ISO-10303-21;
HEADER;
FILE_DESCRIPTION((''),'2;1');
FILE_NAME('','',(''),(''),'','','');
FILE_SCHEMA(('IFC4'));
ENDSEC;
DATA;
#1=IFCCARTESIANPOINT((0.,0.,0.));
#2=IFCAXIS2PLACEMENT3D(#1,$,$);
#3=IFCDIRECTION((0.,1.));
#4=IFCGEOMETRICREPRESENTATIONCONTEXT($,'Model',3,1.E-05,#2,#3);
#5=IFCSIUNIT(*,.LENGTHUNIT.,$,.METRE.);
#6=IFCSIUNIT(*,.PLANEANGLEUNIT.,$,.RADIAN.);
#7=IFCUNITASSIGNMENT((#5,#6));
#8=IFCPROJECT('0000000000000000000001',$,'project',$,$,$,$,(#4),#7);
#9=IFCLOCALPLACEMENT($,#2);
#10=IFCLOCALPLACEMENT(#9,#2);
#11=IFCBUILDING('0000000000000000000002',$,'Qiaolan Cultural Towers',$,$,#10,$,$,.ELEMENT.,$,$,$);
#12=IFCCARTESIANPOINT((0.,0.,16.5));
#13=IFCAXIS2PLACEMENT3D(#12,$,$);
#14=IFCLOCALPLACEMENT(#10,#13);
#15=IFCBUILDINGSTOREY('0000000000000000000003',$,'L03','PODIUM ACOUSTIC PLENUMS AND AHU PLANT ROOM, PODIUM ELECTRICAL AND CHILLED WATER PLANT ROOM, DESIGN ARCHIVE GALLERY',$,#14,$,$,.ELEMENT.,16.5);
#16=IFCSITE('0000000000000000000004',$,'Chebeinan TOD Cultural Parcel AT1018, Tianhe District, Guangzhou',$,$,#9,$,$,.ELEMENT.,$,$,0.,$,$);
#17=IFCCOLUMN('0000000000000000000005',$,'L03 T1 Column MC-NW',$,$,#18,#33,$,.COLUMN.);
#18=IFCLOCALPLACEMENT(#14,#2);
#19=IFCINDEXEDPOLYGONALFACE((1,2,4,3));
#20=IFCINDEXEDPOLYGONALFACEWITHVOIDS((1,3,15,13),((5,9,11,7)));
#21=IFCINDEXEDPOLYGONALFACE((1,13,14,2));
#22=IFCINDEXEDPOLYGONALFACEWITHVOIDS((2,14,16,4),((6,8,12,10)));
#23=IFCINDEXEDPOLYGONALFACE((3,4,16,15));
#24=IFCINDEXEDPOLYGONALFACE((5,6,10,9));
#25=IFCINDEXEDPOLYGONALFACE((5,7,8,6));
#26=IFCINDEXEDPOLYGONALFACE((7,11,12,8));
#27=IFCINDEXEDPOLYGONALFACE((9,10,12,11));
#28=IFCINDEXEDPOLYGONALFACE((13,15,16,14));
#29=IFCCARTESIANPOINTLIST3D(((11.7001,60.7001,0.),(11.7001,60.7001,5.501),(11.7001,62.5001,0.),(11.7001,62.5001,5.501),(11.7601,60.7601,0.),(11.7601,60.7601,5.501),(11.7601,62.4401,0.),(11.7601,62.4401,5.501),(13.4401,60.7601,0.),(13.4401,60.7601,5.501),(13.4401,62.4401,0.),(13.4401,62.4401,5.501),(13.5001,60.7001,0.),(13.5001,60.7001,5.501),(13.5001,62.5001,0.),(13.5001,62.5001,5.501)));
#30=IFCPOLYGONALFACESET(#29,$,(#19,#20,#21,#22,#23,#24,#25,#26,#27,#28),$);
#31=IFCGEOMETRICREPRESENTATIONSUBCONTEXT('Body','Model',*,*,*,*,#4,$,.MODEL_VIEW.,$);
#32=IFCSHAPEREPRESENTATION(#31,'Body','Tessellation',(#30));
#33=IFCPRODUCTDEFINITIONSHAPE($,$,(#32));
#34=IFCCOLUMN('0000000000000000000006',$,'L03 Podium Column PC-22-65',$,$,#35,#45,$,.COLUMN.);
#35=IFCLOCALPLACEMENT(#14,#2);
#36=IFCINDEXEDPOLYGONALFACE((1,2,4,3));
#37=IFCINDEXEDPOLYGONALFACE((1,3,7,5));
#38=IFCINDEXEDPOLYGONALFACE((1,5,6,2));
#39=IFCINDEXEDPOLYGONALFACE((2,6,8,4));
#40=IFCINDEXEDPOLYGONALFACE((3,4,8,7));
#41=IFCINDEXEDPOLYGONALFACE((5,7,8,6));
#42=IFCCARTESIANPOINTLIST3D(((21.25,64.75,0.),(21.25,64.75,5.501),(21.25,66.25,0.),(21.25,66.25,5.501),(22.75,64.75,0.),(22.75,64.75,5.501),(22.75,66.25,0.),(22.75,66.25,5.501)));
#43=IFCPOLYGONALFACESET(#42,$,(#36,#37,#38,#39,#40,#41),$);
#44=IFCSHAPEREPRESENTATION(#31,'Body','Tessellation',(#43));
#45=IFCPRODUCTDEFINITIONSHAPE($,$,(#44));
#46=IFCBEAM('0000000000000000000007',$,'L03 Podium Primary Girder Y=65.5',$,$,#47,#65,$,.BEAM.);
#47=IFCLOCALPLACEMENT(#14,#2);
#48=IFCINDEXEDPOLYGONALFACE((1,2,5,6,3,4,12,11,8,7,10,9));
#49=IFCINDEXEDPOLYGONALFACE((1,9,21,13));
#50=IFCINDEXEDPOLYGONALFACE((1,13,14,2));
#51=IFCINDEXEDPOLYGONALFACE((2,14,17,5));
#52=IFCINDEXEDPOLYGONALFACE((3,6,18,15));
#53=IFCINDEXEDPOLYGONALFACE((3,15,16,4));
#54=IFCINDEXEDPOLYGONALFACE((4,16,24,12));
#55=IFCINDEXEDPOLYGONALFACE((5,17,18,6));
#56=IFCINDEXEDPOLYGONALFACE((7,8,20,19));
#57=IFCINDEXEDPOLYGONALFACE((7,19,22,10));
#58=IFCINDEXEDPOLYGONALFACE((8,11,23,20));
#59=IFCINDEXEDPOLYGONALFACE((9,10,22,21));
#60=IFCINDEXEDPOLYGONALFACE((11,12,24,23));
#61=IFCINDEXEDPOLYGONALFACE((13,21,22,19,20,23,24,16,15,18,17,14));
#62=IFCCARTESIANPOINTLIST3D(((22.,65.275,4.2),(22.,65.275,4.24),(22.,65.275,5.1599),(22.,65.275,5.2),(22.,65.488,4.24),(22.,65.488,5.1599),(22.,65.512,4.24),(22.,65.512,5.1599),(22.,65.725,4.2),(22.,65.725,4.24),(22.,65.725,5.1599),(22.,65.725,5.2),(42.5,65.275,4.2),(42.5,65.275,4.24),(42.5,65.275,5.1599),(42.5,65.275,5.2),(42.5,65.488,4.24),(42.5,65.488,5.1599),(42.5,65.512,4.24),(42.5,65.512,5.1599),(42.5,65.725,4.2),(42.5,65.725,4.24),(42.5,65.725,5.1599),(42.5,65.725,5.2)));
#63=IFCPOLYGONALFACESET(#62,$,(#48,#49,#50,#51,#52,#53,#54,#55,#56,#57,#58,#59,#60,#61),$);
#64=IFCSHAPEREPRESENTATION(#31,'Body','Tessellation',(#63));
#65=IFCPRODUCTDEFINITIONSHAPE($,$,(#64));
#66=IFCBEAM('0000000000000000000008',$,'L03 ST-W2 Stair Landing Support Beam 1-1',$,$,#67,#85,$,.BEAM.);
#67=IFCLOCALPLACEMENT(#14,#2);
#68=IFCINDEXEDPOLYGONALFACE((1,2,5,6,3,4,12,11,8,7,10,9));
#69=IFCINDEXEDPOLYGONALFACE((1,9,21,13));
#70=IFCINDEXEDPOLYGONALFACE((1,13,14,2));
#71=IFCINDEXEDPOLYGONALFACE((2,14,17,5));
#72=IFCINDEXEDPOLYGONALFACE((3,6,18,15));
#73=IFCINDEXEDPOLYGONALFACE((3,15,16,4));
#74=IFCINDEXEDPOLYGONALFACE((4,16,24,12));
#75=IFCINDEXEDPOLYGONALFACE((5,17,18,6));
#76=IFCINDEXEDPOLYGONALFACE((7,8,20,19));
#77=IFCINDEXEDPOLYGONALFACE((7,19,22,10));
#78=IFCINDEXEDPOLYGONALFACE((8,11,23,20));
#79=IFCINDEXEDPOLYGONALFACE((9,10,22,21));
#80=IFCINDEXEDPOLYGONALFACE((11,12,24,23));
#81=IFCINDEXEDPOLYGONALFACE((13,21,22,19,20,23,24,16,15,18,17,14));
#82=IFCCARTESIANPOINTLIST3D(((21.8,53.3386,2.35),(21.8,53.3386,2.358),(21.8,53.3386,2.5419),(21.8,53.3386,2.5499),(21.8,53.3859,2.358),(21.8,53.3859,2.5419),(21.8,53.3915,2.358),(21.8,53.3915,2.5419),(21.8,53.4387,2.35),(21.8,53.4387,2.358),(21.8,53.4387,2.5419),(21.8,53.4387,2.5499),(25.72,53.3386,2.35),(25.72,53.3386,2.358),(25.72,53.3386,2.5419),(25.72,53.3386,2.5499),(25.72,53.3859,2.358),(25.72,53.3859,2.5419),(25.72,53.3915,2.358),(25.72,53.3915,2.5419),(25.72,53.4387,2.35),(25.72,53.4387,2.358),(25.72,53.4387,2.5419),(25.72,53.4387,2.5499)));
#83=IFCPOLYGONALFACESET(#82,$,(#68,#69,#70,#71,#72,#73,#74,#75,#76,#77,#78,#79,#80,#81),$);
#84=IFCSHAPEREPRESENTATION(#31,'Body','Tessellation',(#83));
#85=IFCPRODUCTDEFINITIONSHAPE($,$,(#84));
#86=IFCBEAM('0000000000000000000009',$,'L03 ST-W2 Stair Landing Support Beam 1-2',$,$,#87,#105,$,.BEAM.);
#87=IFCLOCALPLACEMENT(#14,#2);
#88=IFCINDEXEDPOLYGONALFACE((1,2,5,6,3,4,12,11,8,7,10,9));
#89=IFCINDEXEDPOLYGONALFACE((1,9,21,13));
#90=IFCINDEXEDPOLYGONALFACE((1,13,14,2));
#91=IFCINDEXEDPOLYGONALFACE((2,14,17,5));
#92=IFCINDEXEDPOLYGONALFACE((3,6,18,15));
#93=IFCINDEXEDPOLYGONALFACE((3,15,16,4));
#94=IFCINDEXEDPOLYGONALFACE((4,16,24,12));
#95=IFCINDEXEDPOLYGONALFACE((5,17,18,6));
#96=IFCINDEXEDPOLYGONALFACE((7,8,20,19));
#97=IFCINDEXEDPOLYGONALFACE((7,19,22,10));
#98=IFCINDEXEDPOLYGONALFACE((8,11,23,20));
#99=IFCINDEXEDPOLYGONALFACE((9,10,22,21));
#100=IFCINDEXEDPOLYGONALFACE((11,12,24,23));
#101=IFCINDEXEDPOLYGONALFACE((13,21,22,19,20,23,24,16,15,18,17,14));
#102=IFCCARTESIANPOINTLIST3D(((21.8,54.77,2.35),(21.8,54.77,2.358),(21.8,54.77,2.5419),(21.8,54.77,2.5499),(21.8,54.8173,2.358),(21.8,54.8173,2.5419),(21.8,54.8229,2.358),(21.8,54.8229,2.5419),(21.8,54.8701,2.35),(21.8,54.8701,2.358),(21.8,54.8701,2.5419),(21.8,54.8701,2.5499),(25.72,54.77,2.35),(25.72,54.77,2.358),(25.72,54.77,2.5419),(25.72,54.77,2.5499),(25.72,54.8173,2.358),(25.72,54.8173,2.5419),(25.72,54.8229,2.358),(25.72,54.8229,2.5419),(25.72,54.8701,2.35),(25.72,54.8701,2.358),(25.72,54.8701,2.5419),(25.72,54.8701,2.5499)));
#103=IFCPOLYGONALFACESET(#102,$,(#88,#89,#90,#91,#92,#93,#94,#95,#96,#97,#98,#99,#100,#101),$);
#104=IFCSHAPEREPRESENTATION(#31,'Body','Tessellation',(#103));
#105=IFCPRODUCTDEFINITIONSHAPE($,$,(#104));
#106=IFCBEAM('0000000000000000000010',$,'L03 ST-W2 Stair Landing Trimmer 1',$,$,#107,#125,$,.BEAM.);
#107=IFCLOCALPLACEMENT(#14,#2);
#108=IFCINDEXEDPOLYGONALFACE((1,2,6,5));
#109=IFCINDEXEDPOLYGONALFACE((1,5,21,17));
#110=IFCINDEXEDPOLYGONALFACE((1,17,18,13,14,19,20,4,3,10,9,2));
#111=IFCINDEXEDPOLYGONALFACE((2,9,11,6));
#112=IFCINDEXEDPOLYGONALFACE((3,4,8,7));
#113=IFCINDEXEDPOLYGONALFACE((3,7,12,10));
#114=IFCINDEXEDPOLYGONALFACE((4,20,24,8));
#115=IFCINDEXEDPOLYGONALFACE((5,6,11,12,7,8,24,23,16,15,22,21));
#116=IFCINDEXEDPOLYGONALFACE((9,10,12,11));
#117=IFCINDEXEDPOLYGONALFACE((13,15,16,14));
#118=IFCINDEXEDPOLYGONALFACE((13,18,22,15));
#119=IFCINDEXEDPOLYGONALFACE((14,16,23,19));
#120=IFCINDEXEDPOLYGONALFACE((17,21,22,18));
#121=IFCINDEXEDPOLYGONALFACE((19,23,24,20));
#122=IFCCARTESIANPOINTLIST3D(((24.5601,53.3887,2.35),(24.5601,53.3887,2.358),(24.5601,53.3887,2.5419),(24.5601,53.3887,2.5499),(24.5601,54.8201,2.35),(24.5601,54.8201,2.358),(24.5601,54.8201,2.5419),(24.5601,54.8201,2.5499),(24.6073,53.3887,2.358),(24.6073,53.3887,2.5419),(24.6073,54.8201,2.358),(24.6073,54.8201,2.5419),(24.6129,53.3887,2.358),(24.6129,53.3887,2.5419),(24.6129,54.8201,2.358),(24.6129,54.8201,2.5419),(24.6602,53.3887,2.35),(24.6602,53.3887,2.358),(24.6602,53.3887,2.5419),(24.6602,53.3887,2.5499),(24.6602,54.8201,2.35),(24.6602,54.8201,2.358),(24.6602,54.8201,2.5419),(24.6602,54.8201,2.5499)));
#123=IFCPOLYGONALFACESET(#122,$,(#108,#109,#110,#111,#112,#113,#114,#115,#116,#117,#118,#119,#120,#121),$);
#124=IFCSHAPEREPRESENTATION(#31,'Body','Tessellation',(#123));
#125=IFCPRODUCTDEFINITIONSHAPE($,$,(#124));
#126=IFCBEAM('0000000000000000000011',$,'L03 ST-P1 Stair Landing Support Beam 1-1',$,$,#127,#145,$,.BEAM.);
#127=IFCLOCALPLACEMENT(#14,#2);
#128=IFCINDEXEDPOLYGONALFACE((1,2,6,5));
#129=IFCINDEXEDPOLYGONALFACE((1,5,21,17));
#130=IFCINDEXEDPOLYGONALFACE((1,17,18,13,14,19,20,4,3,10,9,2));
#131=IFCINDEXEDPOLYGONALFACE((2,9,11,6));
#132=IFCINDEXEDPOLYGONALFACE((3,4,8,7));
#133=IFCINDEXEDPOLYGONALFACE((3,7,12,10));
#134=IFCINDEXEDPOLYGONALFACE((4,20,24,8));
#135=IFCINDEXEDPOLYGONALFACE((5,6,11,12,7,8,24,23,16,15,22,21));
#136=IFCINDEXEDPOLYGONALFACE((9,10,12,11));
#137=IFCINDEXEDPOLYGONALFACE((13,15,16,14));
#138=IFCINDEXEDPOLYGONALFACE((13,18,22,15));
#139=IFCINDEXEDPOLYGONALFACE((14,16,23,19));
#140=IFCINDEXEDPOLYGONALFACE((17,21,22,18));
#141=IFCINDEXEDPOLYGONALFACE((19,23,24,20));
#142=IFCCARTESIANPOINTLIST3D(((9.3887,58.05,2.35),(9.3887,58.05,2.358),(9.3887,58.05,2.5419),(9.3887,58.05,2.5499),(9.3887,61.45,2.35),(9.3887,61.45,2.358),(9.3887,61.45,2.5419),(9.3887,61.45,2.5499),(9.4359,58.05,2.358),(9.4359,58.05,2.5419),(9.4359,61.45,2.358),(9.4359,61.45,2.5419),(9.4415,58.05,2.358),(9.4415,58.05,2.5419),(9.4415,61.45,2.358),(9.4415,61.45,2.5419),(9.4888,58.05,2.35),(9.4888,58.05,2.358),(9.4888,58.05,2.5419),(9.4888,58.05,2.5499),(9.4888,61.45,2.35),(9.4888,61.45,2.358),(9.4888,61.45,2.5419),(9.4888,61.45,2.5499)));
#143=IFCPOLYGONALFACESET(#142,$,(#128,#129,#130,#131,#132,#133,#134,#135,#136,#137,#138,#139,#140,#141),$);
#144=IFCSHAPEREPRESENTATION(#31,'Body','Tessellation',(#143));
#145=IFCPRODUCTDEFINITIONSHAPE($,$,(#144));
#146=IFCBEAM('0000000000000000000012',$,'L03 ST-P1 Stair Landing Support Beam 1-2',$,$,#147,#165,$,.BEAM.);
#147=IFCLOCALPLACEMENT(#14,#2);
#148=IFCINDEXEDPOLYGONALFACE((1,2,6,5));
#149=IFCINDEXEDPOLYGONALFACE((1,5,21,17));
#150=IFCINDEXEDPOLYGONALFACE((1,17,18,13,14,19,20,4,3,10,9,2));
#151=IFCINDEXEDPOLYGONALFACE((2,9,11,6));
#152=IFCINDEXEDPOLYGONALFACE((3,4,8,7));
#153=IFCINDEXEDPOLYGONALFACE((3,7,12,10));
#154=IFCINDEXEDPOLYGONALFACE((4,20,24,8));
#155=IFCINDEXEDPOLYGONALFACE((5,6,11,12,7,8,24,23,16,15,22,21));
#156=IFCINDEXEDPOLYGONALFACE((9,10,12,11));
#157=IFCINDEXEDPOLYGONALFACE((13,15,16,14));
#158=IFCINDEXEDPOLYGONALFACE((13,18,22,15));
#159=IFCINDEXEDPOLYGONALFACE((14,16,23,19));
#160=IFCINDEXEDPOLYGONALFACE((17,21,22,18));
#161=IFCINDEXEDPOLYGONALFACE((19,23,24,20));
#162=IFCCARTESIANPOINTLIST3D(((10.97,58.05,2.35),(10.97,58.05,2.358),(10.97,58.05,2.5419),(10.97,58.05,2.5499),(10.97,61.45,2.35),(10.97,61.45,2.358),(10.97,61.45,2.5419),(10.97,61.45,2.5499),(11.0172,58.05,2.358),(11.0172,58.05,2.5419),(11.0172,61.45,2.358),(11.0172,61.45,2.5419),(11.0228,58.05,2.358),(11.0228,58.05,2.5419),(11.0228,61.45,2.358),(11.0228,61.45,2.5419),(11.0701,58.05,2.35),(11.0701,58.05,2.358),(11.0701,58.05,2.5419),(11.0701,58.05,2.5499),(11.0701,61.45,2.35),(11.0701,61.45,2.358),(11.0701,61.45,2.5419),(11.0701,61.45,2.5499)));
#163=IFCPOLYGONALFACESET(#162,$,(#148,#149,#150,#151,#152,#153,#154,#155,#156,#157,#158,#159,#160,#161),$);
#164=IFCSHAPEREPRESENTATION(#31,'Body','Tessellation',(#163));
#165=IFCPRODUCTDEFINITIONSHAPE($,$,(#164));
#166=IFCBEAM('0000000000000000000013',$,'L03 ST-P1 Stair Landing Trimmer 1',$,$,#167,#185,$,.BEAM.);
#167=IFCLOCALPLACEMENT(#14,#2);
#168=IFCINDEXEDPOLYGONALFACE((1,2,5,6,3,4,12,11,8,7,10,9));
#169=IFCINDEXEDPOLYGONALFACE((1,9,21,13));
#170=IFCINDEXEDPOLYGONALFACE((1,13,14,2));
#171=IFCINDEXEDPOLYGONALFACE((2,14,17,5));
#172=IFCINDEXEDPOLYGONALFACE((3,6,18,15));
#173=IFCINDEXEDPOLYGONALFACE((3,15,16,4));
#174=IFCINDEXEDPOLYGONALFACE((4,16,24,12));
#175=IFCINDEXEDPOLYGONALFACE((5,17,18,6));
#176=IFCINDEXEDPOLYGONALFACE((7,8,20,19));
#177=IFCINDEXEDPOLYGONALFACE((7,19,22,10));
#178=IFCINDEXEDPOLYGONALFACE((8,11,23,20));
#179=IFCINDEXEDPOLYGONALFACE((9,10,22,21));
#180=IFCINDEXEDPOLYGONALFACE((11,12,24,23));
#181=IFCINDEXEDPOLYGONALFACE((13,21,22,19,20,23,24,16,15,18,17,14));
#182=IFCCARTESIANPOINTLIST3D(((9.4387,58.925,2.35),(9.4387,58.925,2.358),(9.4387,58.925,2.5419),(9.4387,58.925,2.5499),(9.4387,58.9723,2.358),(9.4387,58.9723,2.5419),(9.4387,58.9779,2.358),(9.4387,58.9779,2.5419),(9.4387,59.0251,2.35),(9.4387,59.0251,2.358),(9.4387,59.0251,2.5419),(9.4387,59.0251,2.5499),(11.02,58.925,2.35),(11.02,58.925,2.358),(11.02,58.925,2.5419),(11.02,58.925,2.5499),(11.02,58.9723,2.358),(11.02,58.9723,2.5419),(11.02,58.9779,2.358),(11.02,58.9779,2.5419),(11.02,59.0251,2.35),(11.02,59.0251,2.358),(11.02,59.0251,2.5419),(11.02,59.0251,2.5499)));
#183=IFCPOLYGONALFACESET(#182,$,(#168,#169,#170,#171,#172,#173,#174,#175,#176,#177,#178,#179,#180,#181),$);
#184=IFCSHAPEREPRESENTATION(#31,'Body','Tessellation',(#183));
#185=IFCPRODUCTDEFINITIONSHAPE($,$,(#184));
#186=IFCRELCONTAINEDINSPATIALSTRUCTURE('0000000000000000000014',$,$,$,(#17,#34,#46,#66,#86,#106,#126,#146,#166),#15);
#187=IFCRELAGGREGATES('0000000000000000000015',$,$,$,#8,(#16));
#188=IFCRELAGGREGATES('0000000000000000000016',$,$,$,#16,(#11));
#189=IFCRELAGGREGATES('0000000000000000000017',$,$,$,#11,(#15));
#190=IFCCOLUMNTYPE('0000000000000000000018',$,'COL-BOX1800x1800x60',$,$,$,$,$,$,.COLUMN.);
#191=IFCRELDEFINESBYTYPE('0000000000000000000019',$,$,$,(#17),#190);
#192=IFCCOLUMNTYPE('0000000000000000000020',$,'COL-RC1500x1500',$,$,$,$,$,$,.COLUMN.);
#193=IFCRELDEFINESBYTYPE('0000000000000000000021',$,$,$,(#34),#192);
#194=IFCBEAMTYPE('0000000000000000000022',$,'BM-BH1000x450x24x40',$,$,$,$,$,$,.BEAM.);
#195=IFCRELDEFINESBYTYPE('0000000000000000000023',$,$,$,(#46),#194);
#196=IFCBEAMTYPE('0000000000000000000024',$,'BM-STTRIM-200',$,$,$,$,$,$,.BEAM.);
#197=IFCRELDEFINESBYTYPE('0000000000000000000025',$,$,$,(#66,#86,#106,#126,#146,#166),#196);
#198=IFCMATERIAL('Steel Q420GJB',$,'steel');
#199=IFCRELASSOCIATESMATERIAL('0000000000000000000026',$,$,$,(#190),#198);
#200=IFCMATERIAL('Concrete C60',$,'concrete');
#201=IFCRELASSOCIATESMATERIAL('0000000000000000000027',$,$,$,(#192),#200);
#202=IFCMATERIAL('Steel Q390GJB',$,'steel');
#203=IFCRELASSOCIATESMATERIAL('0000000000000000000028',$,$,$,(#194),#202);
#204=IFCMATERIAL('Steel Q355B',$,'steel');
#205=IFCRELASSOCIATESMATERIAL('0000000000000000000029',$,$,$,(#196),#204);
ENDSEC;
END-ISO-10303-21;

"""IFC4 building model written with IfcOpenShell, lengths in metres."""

from ifc_helpers import new_model, si_unit, direction, frame, origin, origin_2d, place, context, subcontext, project, spatial, rectangle, hollow_rectangle, i_section, extrude, material, material_profile, profile_set, type_object, element, save


model = new_model("IFC4")

# Units and contexts
model_context = context("Model", 3, precision=1e-05, world=origin(), true_north=direction((0.0, 1.0)))
body_context = subcontext(model_context, "Body", "Model", "MODEL_VIEW")
ifc_project = project(units=[si_unit("LENGTHUNIT", "METRE"), si_unit("PLANEANGLEUNIT", "RADIAN")], contexts=[model_context])

# Site, building, storey
site_placement = place(None, origin())
site = spatial("IfcSite", under=ifc_project, at=site_placement, Name="Chebeinan TOD Cultural Parcel AT1018, Tianhe District, Guangzhou", CompositionType="ELEMENT", RefElevation=0.0)
building_placement = place(site_placement, origin())
building = spatial("IfcBuilding", under=site, at=building_placement, Name="Qiaolan Cultural Towers", CompositionType="ELEMENT")
storey_placement = place(building_placement, frame((0.0, 0.0, 16.5)))
storey = spatial("IfcBuildingStorey", under=building, at=storey_placement, Name="L03", Description="PODIUM ACOUSTIC PLENUMS AND AHU PLANT ROOM, PODIUM ELECTRICAL AND CHILLED WATER PLANT ROOM, DESIGN ARCHIVE GALLERY", CompositionType="ELEMENT", Elevation=16.5)

# Columns
ifc_material_1 = material(Name="Steel Q420GJB", Category="steel")
ifc_material_profile_1 = material_profile(ifc_material_1, hollow_rectangle(XDim=1.8, YDim=1.8, WallThickness=0.0601, at=origin_2d()), Name="BOX1800x1800x60")
ifc_profile_set_1 = profile_set([ifc_material_profile_1], Name="Steel Q420GJB")
column_type_1 = type_object("IfcColumnType", Name="COL-BOX1800x1800x60", PredefinedType="COLUMN", material=ifc_profile_set_1)
column_1_placement = place(storey_placement, frame((12.6001, 61.6001, 0.0), z_axis=(0.0, 0.0, 1.0), x_axis=(1.0, 0.0, 0.0)))
element("IfcColumn", 1, at=column_1_placement, inside=storey, type_object=column_type_1, Name="L03 T1 Column MC-NW", PredefinedType="COLUMN", context=body_context, shape_type="SweptSolid", body=[
    extrude(hollow_rectangle(XDim=1.8, YDim=1.8, WallThickness=0.0601, at=origin_2d()), origin(), (0.0, 0.0, 1.0), 5.501),
])
ifc_material_2 = material(Name="Concrete C60", Category="concrete")
ifc_material_profile_2 = material_profile(ifc_material_2, rectangle(XDim=1.5, YDim=1.5, at=origin_2d()), Name="RC1500x1500")
ifc_profile_set_2 = profile_set([ifc_material_profile_2], Name="Concrete C60")
column_type_2 = type_object("IfcColumnType", Name="COL-RC1500x1500", PredefinedType="COLUMN", material=ifc_profile_set_2)
column_2_placement = place(storey_placement, frame((22.0, 65.5, 0.0), z_axis=(0.0, 0.0, 1.0), x_axis=(1.0, 0.0, 0.0)))
element("IfcColumn", 2, at=column_2_placement, inside=storey, type_object=column_type_2, Name="L03 Podium Column PC-22-65", PredefinedType="COLUMN", context=body_context, shape_type="SweptSolid", body=[
    extrude(rectangle(XDim=1.5, YDim=1.5, at=origin_2d()), origin(), (0.0, 0.0, 1.0), 5.501),
])

# Beams
ifc_material_3 = material(Name="Steel Q390GJB", Category="steel")
ifc_material_profile_3 = material_profile(ifc_material_3, i_section(OverallWidth=0.45, OverallDepth=1.0, WebThickness=0.0239, FlangeThickness=0.04, at=origin_2d()), Name="BH1000x450x24x40")
ifc_profile_set_3 = profile_set([ifc_material_profile_3], Name="Steel Q390GJB")
beam_type_1 = type_object("IfcBeamType", Name="BM-BH1000x450x24x40", PredefinedType="BEAM", material=ifc_profile_set_3)
beam_1_placement = place(storey_placement, frame((22.0, 65.5, 4.7), z_axis=(1.0, 0.0, 0.0), x_axis=(0.0, 1.0, 0.0)))
element("IfcBeam", 3, at=beam_1_placement, inside=storey, type_object=beam_type_1, Name="L03 Podium Primary Girder Y=65.5", PredefinedType="BEAM", context=body_context, shape_type="SweptSolid", body=[
    extrude(i_section(OverallWidth=0.45, OverallDepth=1.0, WebThickness=0.0239, FlangeThickness=0.04, at=origin_2d()), origin(), (0.0, 0.0, 1.0), 20.5),
])
ifc_material_4 = material(Name="Steel Q355B", Category="steel")
ifc_material_profile_4 = material_profile(ifc_material_4, i_section(OverallWidth=0.1001, OverallDepth=0.2, WebThickness=0.0056, FlangeThickness=0.0081, at=origin_2d()), Name="HN200x100x5.5x8")
ifc_profile_set_4 = profile_set([ifc_material_profile_4], Name="Steel Q355B")
beam_type_2 = type_object("IfcBeamType", Name="BM-STTRIM-200", PredefinedType="BEAM", material=ifc_profile_set_4)
for number, where, z_axis, x_axis, name in (
    (4, (21.8, 53.3887, 2.45), (1.0, 0.0, 0.0), (0.0, 1.0, 0.0), "L03 ST-W2 Stair Landing Support Beam 1-1"),
    (5, (21.8, 54.8201, 2.45), (1.0, 0.0, 0.0), (0.0, 1.0, 0.0), "L03 ST-W2 Stair Landing Support Beam 1-2"),
):
    element("IfcBeam", number, at=place(storey_placement, frame(where, z_axis=z_axis, x_axis=x_axis)), inside=storey, type_object=beam_type_2, Name=name, PredefinedType="BEAM", context=body_context, shape_type="SweptSolid", body=[
        extrude(i_section(OverallWidth=0.1001, OverallDepth=0.2, WebThickness=0.0056, FlangeThickness=0.0081, at=origin_2d()), origin(), (0.0, 0.0, 1.0), 3.9199),
    ])
beam_2_placement = place(storey_placement, frame((24.6101, 53.3887, 2.45), z_axis=(0.0, 1.0, 0.0), x_axis=(-1.0, 0.0, 0.0)))
element("IfcBeam", 6, at=beam_2_placement, inside=storey, type_object=beam_type_2, Name="L03 ST-W2 Stair Landing Trimmer 1", PredefinedType="BEAM", context=body_context, shape_type="SweptSolid", body=[
    extrude(i_section(OverallWidth=0.1001, OverallDepth=0.2, WebThickness=0.0056, FlangeThickness=0.0081, at=origin_2d()), origin(), (0.0, 0.0, 1.0), 1.4314),
])
for number, where, z_axis, x_axis, name in (
    (7, (9.4387, 58.05, 2.45), (0.0, 1.0, 0.0), (-1.0, 0.0, 0.0), "L03 ST-P1 Stair Landing Support Beam 1-1"),
    (8, (11.02, 58.05, 2.45), (0.0, 1.0, 0.0), (-1.0, 0.0, 0.0), "L03 ST-P1 Stair Landing Support Beam 1-2"),
):
    element("IfcBeam", number, at=place(storey_placement, frame(where, z_axis=z_axis, x_axis=x_axis)), inside=storey, type_object=beam_type_2, Name=name, PredefinedType="BEAM", context=body_context, shape_type="SweptSolid", body=[
        extrude(i_section(OverallWidth=0.1001, OverallDepth=0.2, WebThickness=0.0056, FlangeThickness=0.0081, at=origin_2d()), origin(), (0.0, 0.0, 1.0), 3.3999),
    ])
beam_3_placement = place(storey_placement, frame((9.4387, 58.9751, 2.45), z_axis=(1.0, 0.0, 0.0), x_axis=(0.0, 1.0, 0.0)))
element("IfcBeam", 9, at=beam_3_placement, inside=storey, type_object=beam_type_2, Name="L03 ST-P1 Stair Landing Trimmer 1", PredefinedType="BEAM", context=body_context, shape_type="SweptSolid", body=[
    extrude(i_section(OverallWidth=0.1001, OverallDepth=0.2, WebThickness=0.0056, FlangeThickness=0.0081, at=origin_2d()), origin(), (0.0, 0.0, 1.0), 1.5813),
])

save(model, "model.ifc")
